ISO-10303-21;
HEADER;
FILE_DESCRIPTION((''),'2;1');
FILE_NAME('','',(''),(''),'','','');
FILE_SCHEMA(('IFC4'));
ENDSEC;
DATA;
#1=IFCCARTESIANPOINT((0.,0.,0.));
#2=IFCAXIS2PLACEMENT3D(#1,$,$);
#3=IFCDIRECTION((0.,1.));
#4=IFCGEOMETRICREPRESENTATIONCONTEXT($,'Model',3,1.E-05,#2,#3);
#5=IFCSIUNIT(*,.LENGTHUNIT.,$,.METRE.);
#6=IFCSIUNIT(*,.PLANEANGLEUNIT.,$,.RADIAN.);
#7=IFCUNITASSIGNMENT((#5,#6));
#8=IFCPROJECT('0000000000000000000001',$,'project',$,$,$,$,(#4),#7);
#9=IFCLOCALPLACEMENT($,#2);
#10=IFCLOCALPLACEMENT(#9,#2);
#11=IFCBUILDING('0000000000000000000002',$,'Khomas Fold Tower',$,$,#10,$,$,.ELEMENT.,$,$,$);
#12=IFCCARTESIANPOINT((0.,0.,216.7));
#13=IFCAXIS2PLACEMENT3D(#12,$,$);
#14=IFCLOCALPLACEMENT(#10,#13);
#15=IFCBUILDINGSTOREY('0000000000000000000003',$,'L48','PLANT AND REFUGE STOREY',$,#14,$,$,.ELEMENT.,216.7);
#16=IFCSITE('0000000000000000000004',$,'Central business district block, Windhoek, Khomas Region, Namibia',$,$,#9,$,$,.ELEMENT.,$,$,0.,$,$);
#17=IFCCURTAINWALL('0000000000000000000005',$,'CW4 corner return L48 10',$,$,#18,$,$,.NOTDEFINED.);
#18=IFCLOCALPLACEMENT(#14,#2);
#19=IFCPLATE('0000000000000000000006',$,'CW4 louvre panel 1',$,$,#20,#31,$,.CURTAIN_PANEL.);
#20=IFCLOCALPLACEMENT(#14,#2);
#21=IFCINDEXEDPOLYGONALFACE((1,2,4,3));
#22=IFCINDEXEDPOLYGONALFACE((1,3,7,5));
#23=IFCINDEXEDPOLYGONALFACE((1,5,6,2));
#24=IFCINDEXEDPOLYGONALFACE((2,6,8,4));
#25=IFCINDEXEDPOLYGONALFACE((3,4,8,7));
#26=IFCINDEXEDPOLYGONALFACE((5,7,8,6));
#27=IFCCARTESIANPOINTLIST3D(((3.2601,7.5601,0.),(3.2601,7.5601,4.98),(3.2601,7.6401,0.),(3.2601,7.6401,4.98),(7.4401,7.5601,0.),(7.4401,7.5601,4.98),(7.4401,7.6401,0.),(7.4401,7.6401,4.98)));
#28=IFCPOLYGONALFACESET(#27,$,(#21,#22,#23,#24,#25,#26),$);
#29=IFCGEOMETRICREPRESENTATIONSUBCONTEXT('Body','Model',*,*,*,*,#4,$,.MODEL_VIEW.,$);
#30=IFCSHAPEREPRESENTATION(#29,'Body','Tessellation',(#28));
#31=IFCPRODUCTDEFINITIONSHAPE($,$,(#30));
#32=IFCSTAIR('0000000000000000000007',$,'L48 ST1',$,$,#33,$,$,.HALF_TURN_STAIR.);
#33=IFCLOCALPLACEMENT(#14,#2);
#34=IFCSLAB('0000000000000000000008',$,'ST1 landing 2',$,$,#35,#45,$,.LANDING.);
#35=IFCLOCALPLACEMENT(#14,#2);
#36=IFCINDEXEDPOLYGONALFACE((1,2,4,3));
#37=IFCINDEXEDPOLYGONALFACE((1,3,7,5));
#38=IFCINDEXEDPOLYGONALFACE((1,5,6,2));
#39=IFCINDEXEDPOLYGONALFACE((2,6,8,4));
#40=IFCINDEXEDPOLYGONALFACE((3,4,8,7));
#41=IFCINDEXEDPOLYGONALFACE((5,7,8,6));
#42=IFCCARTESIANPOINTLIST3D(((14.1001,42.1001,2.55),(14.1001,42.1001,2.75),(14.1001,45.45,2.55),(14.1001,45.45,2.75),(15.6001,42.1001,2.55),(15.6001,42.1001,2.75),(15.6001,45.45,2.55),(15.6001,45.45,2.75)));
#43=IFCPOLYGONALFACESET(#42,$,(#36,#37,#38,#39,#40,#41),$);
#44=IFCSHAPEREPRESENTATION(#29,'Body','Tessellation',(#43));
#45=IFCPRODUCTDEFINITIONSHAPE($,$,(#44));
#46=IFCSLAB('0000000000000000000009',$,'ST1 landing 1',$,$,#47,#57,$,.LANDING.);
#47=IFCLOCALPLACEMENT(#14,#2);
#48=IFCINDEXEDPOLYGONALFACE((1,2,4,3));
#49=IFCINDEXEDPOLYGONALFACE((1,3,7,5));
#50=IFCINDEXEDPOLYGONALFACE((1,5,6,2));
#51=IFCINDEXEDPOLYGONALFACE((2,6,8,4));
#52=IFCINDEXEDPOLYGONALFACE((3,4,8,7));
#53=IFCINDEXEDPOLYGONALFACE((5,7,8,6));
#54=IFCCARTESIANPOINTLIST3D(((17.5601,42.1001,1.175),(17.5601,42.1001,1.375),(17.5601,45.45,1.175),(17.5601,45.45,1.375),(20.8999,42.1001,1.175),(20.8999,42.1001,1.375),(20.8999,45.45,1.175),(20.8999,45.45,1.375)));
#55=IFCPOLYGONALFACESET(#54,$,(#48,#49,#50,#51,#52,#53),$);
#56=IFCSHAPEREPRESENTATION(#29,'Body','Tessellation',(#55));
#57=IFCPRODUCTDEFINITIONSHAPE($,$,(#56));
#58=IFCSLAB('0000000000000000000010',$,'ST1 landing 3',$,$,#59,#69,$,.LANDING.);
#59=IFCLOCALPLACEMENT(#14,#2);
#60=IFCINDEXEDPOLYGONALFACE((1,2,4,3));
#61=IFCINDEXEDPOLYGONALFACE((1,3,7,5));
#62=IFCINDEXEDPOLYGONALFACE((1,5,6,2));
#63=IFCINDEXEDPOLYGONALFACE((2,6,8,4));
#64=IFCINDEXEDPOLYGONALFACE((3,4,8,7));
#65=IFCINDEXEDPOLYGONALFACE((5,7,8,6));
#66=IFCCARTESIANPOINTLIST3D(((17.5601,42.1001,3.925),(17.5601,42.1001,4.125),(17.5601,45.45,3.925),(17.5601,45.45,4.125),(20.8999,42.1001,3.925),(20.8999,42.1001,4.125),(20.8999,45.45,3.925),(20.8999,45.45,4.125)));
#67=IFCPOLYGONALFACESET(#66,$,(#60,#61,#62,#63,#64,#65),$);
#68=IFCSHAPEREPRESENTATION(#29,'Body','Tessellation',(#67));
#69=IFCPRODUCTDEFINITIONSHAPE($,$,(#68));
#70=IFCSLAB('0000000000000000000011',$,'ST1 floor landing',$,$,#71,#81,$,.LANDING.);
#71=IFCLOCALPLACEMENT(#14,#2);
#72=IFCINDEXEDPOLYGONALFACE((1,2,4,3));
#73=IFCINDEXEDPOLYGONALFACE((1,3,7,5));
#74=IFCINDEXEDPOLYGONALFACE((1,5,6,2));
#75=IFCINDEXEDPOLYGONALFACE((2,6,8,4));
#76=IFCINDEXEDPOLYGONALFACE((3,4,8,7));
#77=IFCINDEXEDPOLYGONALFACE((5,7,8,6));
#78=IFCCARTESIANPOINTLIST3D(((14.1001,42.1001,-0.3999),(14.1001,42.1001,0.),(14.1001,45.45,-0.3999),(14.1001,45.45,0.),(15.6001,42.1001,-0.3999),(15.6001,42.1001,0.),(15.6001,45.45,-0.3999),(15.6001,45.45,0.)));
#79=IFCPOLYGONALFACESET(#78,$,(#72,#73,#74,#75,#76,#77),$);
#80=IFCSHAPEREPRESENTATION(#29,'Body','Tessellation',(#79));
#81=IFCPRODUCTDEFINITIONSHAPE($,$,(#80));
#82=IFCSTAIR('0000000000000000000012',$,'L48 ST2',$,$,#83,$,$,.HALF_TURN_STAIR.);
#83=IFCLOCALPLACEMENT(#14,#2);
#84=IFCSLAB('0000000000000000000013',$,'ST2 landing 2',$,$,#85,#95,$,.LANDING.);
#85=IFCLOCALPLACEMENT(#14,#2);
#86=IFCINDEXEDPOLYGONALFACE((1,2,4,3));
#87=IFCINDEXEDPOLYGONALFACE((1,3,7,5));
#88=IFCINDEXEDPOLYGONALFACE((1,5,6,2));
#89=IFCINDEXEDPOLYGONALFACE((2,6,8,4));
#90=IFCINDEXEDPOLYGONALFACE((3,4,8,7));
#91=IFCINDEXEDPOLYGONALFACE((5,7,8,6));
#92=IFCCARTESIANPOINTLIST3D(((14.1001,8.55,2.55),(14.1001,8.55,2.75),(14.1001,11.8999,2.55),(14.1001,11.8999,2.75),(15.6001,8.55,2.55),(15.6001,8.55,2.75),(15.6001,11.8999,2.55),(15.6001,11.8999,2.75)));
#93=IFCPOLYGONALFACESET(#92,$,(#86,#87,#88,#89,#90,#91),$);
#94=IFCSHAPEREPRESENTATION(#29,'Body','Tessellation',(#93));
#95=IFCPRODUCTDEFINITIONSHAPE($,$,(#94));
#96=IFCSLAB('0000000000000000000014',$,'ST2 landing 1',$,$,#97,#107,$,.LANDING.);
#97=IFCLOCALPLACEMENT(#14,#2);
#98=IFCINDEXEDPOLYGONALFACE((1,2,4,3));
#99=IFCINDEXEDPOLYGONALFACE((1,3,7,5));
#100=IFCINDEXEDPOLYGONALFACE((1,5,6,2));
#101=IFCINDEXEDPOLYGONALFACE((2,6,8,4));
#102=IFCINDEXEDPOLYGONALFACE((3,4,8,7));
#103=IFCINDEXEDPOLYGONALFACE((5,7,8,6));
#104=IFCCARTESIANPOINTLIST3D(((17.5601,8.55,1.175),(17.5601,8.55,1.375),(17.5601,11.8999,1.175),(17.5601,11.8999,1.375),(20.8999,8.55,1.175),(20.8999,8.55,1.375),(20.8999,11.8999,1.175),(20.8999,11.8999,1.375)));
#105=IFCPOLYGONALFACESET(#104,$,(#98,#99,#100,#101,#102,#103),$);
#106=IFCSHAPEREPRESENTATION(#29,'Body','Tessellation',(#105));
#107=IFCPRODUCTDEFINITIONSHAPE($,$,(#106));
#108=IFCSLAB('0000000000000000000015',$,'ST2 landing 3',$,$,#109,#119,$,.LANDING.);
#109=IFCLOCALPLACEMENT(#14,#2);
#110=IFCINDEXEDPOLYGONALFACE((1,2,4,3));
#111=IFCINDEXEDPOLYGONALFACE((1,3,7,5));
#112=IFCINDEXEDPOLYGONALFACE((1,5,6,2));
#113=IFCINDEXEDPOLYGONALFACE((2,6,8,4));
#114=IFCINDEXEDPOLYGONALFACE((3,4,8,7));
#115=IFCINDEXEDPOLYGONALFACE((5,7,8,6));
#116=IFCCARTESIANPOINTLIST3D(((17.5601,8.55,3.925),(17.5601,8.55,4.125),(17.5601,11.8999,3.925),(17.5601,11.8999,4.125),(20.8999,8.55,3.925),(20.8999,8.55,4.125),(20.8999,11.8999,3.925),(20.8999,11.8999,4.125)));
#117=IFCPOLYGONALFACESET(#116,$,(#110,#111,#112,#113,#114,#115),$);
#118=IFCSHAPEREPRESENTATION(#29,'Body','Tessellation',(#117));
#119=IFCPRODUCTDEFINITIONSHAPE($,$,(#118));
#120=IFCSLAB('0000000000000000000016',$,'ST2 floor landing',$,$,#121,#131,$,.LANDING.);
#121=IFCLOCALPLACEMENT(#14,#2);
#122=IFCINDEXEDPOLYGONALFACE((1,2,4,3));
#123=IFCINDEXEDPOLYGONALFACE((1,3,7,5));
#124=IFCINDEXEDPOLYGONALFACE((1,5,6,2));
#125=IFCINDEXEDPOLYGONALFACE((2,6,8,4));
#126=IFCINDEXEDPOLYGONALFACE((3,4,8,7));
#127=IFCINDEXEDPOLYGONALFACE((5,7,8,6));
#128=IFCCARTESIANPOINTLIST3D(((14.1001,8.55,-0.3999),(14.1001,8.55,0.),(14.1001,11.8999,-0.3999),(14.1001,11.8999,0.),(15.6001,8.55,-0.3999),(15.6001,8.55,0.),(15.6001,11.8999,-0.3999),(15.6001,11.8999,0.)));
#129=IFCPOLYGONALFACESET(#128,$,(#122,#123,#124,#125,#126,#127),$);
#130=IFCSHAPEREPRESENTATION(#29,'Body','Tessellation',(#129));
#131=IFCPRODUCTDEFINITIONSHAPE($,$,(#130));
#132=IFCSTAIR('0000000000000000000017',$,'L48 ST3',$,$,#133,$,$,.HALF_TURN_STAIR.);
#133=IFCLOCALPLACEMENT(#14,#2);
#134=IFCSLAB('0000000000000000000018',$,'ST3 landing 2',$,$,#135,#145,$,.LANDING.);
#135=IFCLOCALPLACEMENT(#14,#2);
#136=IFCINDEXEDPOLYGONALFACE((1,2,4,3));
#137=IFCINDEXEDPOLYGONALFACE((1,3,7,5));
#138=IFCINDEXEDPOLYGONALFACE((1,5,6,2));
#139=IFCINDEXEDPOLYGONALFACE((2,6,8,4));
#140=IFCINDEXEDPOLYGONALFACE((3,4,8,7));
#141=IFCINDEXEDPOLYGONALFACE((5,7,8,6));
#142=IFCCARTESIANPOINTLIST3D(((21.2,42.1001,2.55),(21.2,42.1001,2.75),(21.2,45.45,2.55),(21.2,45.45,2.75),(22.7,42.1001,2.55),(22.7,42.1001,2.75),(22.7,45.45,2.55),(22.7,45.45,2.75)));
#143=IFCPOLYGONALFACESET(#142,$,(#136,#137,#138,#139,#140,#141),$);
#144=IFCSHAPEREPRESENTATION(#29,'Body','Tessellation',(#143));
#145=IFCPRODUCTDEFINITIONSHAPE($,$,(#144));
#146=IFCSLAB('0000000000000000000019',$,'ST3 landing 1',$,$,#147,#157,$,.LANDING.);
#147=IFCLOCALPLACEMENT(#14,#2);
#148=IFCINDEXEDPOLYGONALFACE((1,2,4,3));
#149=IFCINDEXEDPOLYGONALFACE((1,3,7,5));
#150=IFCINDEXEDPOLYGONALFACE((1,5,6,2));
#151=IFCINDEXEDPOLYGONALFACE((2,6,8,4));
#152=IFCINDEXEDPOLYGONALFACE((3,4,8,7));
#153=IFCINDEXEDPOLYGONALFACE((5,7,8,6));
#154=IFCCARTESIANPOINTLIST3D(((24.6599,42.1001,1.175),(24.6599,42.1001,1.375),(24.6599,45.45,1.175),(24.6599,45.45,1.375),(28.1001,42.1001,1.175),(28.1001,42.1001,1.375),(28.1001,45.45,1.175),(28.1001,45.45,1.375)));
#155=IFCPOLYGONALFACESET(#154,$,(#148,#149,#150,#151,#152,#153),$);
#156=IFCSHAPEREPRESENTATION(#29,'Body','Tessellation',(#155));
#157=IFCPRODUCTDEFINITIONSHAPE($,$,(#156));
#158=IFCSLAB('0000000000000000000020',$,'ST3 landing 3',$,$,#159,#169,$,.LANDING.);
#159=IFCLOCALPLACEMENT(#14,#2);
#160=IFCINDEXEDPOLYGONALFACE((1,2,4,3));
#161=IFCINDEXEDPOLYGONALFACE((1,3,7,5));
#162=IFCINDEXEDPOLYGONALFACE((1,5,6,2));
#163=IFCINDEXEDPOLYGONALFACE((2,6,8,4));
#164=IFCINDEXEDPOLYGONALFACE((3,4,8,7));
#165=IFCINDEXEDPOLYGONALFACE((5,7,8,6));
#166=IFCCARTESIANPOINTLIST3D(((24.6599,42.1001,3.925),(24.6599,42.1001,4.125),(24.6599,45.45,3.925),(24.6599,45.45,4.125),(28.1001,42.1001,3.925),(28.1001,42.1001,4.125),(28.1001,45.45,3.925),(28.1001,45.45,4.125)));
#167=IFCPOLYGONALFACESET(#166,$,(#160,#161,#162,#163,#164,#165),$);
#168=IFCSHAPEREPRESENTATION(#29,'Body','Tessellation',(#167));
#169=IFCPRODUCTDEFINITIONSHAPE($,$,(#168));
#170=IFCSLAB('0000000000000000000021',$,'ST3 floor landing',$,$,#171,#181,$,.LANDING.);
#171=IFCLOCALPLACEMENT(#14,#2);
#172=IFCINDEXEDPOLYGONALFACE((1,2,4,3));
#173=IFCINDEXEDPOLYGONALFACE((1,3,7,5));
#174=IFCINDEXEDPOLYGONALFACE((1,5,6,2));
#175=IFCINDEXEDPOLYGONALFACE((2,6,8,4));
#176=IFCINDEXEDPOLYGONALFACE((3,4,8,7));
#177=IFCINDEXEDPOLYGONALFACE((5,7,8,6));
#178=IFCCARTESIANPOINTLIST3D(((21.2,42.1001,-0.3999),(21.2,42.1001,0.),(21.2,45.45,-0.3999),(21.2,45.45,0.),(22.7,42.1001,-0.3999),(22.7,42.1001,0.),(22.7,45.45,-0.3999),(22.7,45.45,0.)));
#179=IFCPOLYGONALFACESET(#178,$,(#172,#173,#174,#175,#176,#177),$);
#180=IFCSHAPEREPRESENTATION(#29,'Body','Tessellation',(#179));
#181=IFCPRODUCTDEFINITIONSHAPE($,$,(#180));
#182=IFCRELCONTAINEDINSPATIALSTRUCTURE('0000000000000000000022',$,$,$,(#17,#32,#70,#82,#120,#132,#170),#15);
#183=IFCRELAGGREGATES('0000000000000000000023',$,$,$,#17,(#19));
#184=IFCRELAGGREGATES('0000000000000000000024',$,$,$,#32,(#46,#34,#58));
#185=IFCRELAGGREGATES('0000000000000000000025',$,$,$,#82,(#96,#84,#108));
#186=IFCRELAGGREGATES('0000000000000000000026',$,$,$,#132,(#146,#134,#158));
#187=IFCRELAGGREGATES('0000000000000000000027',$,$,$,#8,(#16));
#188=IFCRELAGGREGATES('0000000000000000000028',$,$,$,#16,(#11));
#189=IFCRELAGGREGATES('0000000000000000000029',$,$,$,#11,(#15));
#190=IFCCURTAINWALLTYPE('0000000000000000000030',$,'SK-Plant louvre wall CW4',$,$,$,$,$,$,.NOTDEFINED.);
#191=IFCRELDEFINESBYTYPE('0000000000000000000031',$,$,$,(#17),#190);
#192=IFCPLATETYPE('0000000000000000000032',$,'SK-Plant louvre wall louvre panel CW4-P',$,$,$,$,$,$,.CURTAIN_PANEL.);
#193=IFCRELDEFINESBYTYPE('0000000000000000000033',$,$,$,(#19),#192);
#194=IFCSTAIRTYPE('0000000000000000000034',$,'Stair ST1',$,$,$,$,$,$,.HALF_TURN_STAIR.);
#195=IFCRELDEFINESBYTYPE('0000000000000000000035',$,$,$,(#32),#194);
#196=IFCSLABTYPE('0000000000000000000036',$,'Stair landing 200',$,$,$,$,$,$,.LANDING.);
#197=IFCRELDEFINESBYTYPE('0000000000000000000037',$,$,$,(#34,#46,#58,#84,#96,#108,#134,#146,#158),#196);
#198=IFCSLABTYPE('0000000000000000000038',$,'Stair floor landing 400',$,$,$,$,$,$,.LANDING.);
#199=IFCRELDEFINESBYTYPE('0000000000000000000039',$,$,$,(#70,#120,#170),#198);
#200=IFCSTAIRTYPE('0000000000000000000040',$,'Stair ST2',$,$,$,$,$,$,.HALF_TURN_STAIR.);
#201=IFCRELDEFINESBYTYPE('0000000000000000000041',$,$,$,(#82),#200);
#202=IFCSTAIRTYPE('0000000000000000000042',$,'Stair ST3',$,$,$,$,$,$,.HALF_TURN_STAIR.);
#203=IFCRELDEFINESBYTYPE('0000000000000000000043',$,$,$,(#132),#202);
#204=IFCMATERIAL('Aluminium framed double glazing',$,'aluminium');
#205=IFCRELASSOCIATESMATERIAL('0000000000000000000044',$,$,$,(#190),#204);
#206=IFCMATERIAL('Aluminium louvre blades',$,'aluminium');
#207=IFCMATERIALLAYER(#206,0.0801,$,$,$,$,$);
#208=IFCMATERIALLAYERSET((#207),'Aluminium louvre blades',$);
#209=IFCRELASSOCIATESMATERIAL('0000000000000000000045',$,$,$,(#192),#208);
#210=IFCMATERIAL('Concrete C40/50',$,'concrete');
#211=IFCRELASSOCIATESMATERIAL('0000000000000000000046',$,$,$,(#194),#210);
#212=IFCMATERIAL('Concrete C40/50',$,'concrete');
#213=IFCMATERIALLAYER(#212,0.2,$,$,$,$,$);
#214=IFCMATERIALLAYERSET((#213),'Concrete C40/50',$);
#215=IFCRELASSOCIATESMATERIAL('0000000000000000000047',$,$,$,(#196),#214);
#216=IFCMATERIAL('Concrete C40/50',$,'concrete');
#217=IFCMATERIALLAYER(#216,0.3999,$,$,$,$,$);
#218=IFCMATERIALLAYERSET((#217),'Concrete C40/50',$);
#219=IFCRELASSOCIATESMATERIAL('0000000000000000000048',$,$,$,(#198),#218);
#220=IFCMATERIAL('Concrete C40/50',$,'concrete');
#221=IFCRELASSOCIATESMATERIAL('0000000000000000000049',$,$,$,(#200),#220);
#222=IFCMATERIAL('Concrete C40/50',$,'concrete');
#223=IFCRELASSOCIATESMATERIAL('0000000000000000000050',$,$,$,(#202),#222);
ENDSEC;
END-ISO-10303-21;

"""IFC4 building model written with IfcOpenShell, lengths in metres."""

from ifc_helpers import new_model, si_unit, direction, frame, origin, origin_2d, place, context, subcontext, project, spatial, polyline, rectangle, outline, extrude, source, transform, mapped, material, layer, layer_set, type_object, element, aggregate, save


model = new_model("IFC4")

# Units and contexts
model_context = context("Model", 3, precision=1e-05, world=origin(), true_north=direction((0.0, 1.0)))
body_context = subcontext(model_context, "Body", "Model", "MODEL_VIEW")
ifc_project = project(units=[si_unit("LENGTHUNIT", "METRE"), si_unit("PLANEANGLEUNIT", "RADIAN")], contexts=[model_context])

# Site, building, storey
site_placement = place(None, origin())
site = spatial("IfcSite", under=ifc_project, at=site_placement, Name="Central business district block, Windhoek, Khomas Region, Namibia", CompositionType="ELEMENT", RefElevation=0.0)
building_placement = place(site_placement, origin())
building = spatial("IfcBuilding", under=site, at=building_placement, Name="Khomas Fold Tower", CompositionType="ELEMENT")
storey_placement = place(building_placement, frame((0.0, 0.0, 216.7)))
storey = spatial("IfcBuildingStorey", under=building, at=storey_placement, Name="L48", Description="PLANT AND REFUGE STOREY", CompositionType="ELEMENT", Elevation=216.7)

# Shared definitions
ifc_material_1 = material(Name="Aluminium framed double glazing", Category="aluminium")
curtain_wall_type = type_object("IfcCurtainWallType", Name="SK-Plant louvre wall CW4", PredefinedType="NOTDEFINED", material=ifc_material_1)

# Curtain wall
curtain_wall_1_placement = place(storey_placement, origin())
curtain_wall_1 = element("IfcCurtainWall", 1, at=curtain_wall_1_placement, inside=storey, type_object=curtain_wall_type, Name="CW4 corner return L48 10", PredefinedType="NOTDEFINED")

# Plate
ifc_material_2 = material(Name="Aluminium louvre blades", Category="aluminium")
ifc_layer_1 = layer(ifc_material_2, 0.0801)
ifc_layer_set_1 = layer_set([ifc_layer_1], Name="Aluminium louvre blades")
plate_type = type_object("IfcPlateType", Name="SK-Plant louvre wall louvre panel CW4-P", PredefinedType="CURTAIN_PANEL", material=ifc_layer_set_1)
shared_shape_1 = source(origin(), body_context, "Body", "SweptSolid", [
    extrude(rectangle(XDim=4.1799, YDim=0.0801, at=origin_2d()), origin(), (0.0, 0.0, 1.0), 4.98),
])
plate_1_placement = place(storey_placement, frame((5.3501, 7.6001, 0.0), z_axis=(0.0, 0.0, 1.0), x_axis=(1.0, 0.0, 0.0)))
plate_1 = element("IfcPlate", 2, at=plate_1_placement, type_object=plate_type, Name="CW4 louvre panel 1", PredefinedType="CURTAIN_PANEL", context=body_context, shape_type="MappedRepresentation", body=[
    mapped(shared_shape_1, transform((0.0, 0.0, 0.0))),
])
aggregate(curtain_wall_1, [plate_1])

# Stair, slabs
ifc_material_3 = material(Name="Concrete C40/50", Category="concrete")
stair_type_1 = type_object("IfcStairType", Name="Stair ST1", PredefinedType="HALF_TURN_STAIR", material=ifc_material_3)
stair_1_placement = place(storey_placement, origin())
stair_1 = element("IfcStair", 3, at=stair_1_placement, inside=storey, type_object=stair_type_1, Name="L48 ST1", PredefinedType="HALF_TURN_STAIR")
ifc_material_4 = material(Name="Concrete C40/50", Category="concrete")
ifc_layer_2 = layer(ifc_material_4, 0.2)
ifc_layer_set_2 = layer_set([ifc_layer_2], Name="Concrete C40/50")
slab_type_1 = type_object("IfcSlabType", Name="Stair landing 200", PredefinedType="LANDING", material=ifc_layer_set_2)
shared_shape_2 = source(origin(), body_context, "Body", "SweptSolid", [
    extrude(outline(polyline([(14.1001, 42.1001), (15.6001, 42.1001), (15.6001, 45.45), (14.1001, 45.45), (14.1001, 42.1001)])), origin(), (0.0, 0.0, 1.0), 0.2),
])
slab_1_placement = place(storey_placement, frame((0.0, 0.0, 2.55)))
slab_1 = element("IfcSlab", 4, at=slab_1_placement, type_object=slab_type_1, Name="ST1 landing 2", PredefinedType="LANDING", context=body_context, shape_type="MappedRepresentation", body=[
    mapped(shared_shape_2, transform((0.0, 0.0, 0.0))),
])
shared_shape_3 = source(origin(), body_context, "Body", "SweptSolid", [
    extrude(outline(polyline([(17.5601, 42.1001), (20.8999, 42.1001), (20.8999, 45.45), (17.5601, 45.45), (17.5601, 42.1001)])), origin(), (0.0, 0.0, 1.0), 0.2),
])
slab_2_placement = place(storey_placement, frame((0.0, 0.0, 1.175)))
slab_2 = element("IfcSlab", 5, at=slab_2_placement, type_object=slab_type_1, Name="ST1 landing 1", PredefinedType="LANDING", context=body_context, shape_type="MappedRepresentation", body=[
    mapped(shared_shape_3, transform((0.0, 0.0, 0.0))),
])
slab_3_placement = place(storey_placement, frame((0.0, 0.0, 3.925)))
slab_3 = element("IfcSlab", 6, at=slab_3_placement, type_object=slab_type_1, Name="ST1 landing 3", PredefinedType="LANDING", context=body_context, shape_type="MappedRepresentation", body=[
    mapped(shared_shape_3, transform((0.0, 0.0, 0.0))),
])
aggregate(stair_1, [slab_2, slab_1, slab_3])

# Slab
ifc_material_5 = material(Name="Concrete C40/50", Category="concrete")
ifc_layer_3 = layer(ifc_material_5, 0.3999)
ifc_layer_set_3 = layer_set([ifc_layer_3], Name="Concrete C40/50")
slab_type_2 = type_object("IfcSlabType", Name="Stair floor landing 400", PredefinedType="LANDING", material=ifc_layer_set_3)
shared_shape_4 = source(origin(), body_context, "Body", "SweptSolid", [
    extrude(outline(polyline([(14.1001, 45.45), (15.6001, 45.45), (15.6001, 42.1001), (14.1001, 42.1001), (14.1001, 45.45)])), origin(), (0.0, 0.0, 1.0), 0.3999),
])
slab_4_placement = place(storey_placement, frame((0.0, 0.0, -0.3999)))
element("IfcSlab", 7, at=slab_4_placement, inside=storey, type_object=slab_type_2, Name="ST1 floor landing", PredefinedType="LANDING", context=body_context, shape_type="MappedRepresentation", body=[
    mapped(shared_shape_4, transform((0.0, 0.0, 0.0))),
])

# Stair, slabs
ifc_material_6 = material(Name="Concrete C40/50", Category="concrete")
stair_type_2 = type_object("IfcStairType", Name="Stair ST2", PredefinedType="HALF_TURN_STAIR", material=ifc_material_6)
stair_2_placement = place(storey_placement, origin())
stair_2 = element("IfcStair", 8, at=stair_2_placement, inside=storey, type_object=stair_type_2, Name="L48 ST2", PredefinedType="HALF_TURN_STAIR")
shared_shape_5 = source(origin(), body_context, "Body", "SweptSolid", [
    extrude(outline(polyline([(14.1001, 8.55), (15.6001, 8.55), (15.6001, 11.8999), (14.1001, 11.8999), (14.1001, 8.55)])), origin(), (0.0, 0.0, 1.0), 0.2),
])
slab_5_placement = place(storey_placement, frame((0.0, 0.0, 2.55)))
slab_5 = element("IfcSlab", 9, at=slab_5_placement, type_object=slab_type_1, Name="ST2 landing 2", PredefinedType="LANDING", context=body_context, shape_type="MappedRepresentation", body=[
    mapped(shared_shape_5, transform((0.0, 0.0, 0.0))),
])
shared_shape_6 = source(origin(), body_context, "Body", "SweptSolid", [
    extrude(outline(polyline([(17.5601, 8.55), (20.8999, 8.55), (20.8999, 11.8999), (17.5601, 11.8999), (17.5601, 8.55)])), origin(), (0.0, 0.0, 1.0), 0.2),
])
slab_6_placement = place(storey_placement, frame((0.0, 0.0, 1.175)))
slab_6 = element("IfcSlab", 10, at=slab_6_placement, type_object=slab_type_1, Name="ST2 landing 1", PredefinedType="LANDING", context=body_context, shape_type="MappedRepresentation", body=[
    mapped(shared_shape_6, transform((0.0, 0.0, 0.0))),
])
slab_7_placement = place(storey_placement, frame((0.0, 0.0, 3.925)))
slab_7 = element("IfcSlab", 11, at=slab_7_placement, type_object=slab_type_1, Name="ST2 landing 3", PredefinedType="LANDING", context=body_context, shape_type="MappedRepresentation", body=[
    mapped(shared_shape_6, transform((0.0, 0.0, 0.0))),
])
aggregate(stair_2, [slab_6, slab_5, slab_7])

# Slab
shared_shape_7 = source(origin(), body_context, "Body", "SweptSolid", [
    extrude(outline(polyline([(14.1001, 11.8999), (15.6001, 11.8999), (15.6001, 8.55), (14.1001, 8.55), (14.1001, 11.8999)])), origin(), (0.0, 0.0, 1.0), 0.3999),
])
slab_8_placement = place(storey_placement, frame((0.0, 0.0, -0.3999)))
element("IfcSlab", 12, at=slab_8_placement, inside=storey, type_object=slab_type_2, Name="ST2 floor landing", PredefinedType="LANDING", context=body_context, shape_type="MappedRepresentation", body=[
    mapped(shared_shape_7, transform((0.0, 0.0, 0.0))),
])

# Stair, slabs
ifc_material_7 = material(Name="Concrete C40/50", Category="concrete")
stair_type_3 = type_object("IfcStairType", Name="Stair ST3", PredefinedType="HALF_TURN_STAIR", material=ifc_material_7)
stair_3_placement = place(storey_placement, origin())
stair_3 = element("IfcStair", 13, at=stair_3_placement, inside=storey, type_object=stair_type_3, Name="L48 ST3", PredefinedType="HALF_TURN_STAIR")
shared_shape_8 = source(origin(), body_context, "Body", "SweptSolid", [
    extrude(outline(polyline([(21.2, 42.1001), (22.7, 42.1001), (22.7, 45.45), (21.2, 45.45), (21.2, 42.1001)])), origin(), (0.0, 0.0, 1.0), 0.2),
])
slab_9_placement = place(storey_placement, frame((0.0, 0.0, 2.55)))
slab_9 = element("IfcSlab", 14, at=slab_9_placement, type_object=slab_type_1, Name="ST3 landing 2", PredefinedType="LANDING", context=body_context, shape_type="MappedRepresentation", body=[
    mapped(shared_shape_8, transform((0.0, 0.0, 0.0))),
])
shared_shape_9 = source(origin(), body_context, "Body", "SweptSolid", [
    extrude(outline(polyline([(24.6599, 42.1001), (28.1001, 42.1001), (28.1001, 45.45), (24.6599, 45.45), (24.6599, 42.1001)])), origin(), (0.0, 0.0, 1.0), 0.2),
])
slab_10_placement = place(storey_placement, frame((0.0, 0.0, 1.175)))
slab_10 = element("IfcSlab", 15, at=slab_10_placement, type_object=slab_type_1, Name="ST3 landing 1", PredefinedType="LANDING", context=body_context, shape_type="MappedRepresentation", body=[
    mapped(shared_shape_9, transform((0.0, 0.0, 0.0))),
])
slab_11_placement = place(storey_placement, frame((0.0, 0.0, 3.925)))
slab_11 = element("IfcSlab", 16, at=slab_11_placement, type_object=slab_type_1, Name="ST3 landing 3", PredefinedType="LANDING", context=body_context, shape_type="MappedRepresentation", body=[
    mapped(shared_shape_9, transform((0.0, 0.0, 0.0))),
])
aggregate(stair_3, [slab_10, slab_9, slab_11])

# Slab
shared_shape_10 = source(origin(), body_context, "Body", "SweptSolid", [
    extrude(outline(polyline([(21.2, 45.45), (22.7, 45.45), (22.7, 42.1001), (21.2, 42.1001), (21.2, 45.45)])), origin(), (0.0, 0.0, 1.0), 0.3999),
])
slab_12_placement = place(storey_placement, frame((0.0, 0.0, -0.3999)))
element("IfcSlab", 17, at=slab_12_placement, inside=storey, type_object=slab_type_2, Name="ST3 floor landing", PredefinedType="LANDING", context=body_context, shape_type="MappedRepresentation", body=[
    mapped(shared_shape_10, transform((0.0, 0.0, 0.0))),
])

save(model, "model.ifc")
